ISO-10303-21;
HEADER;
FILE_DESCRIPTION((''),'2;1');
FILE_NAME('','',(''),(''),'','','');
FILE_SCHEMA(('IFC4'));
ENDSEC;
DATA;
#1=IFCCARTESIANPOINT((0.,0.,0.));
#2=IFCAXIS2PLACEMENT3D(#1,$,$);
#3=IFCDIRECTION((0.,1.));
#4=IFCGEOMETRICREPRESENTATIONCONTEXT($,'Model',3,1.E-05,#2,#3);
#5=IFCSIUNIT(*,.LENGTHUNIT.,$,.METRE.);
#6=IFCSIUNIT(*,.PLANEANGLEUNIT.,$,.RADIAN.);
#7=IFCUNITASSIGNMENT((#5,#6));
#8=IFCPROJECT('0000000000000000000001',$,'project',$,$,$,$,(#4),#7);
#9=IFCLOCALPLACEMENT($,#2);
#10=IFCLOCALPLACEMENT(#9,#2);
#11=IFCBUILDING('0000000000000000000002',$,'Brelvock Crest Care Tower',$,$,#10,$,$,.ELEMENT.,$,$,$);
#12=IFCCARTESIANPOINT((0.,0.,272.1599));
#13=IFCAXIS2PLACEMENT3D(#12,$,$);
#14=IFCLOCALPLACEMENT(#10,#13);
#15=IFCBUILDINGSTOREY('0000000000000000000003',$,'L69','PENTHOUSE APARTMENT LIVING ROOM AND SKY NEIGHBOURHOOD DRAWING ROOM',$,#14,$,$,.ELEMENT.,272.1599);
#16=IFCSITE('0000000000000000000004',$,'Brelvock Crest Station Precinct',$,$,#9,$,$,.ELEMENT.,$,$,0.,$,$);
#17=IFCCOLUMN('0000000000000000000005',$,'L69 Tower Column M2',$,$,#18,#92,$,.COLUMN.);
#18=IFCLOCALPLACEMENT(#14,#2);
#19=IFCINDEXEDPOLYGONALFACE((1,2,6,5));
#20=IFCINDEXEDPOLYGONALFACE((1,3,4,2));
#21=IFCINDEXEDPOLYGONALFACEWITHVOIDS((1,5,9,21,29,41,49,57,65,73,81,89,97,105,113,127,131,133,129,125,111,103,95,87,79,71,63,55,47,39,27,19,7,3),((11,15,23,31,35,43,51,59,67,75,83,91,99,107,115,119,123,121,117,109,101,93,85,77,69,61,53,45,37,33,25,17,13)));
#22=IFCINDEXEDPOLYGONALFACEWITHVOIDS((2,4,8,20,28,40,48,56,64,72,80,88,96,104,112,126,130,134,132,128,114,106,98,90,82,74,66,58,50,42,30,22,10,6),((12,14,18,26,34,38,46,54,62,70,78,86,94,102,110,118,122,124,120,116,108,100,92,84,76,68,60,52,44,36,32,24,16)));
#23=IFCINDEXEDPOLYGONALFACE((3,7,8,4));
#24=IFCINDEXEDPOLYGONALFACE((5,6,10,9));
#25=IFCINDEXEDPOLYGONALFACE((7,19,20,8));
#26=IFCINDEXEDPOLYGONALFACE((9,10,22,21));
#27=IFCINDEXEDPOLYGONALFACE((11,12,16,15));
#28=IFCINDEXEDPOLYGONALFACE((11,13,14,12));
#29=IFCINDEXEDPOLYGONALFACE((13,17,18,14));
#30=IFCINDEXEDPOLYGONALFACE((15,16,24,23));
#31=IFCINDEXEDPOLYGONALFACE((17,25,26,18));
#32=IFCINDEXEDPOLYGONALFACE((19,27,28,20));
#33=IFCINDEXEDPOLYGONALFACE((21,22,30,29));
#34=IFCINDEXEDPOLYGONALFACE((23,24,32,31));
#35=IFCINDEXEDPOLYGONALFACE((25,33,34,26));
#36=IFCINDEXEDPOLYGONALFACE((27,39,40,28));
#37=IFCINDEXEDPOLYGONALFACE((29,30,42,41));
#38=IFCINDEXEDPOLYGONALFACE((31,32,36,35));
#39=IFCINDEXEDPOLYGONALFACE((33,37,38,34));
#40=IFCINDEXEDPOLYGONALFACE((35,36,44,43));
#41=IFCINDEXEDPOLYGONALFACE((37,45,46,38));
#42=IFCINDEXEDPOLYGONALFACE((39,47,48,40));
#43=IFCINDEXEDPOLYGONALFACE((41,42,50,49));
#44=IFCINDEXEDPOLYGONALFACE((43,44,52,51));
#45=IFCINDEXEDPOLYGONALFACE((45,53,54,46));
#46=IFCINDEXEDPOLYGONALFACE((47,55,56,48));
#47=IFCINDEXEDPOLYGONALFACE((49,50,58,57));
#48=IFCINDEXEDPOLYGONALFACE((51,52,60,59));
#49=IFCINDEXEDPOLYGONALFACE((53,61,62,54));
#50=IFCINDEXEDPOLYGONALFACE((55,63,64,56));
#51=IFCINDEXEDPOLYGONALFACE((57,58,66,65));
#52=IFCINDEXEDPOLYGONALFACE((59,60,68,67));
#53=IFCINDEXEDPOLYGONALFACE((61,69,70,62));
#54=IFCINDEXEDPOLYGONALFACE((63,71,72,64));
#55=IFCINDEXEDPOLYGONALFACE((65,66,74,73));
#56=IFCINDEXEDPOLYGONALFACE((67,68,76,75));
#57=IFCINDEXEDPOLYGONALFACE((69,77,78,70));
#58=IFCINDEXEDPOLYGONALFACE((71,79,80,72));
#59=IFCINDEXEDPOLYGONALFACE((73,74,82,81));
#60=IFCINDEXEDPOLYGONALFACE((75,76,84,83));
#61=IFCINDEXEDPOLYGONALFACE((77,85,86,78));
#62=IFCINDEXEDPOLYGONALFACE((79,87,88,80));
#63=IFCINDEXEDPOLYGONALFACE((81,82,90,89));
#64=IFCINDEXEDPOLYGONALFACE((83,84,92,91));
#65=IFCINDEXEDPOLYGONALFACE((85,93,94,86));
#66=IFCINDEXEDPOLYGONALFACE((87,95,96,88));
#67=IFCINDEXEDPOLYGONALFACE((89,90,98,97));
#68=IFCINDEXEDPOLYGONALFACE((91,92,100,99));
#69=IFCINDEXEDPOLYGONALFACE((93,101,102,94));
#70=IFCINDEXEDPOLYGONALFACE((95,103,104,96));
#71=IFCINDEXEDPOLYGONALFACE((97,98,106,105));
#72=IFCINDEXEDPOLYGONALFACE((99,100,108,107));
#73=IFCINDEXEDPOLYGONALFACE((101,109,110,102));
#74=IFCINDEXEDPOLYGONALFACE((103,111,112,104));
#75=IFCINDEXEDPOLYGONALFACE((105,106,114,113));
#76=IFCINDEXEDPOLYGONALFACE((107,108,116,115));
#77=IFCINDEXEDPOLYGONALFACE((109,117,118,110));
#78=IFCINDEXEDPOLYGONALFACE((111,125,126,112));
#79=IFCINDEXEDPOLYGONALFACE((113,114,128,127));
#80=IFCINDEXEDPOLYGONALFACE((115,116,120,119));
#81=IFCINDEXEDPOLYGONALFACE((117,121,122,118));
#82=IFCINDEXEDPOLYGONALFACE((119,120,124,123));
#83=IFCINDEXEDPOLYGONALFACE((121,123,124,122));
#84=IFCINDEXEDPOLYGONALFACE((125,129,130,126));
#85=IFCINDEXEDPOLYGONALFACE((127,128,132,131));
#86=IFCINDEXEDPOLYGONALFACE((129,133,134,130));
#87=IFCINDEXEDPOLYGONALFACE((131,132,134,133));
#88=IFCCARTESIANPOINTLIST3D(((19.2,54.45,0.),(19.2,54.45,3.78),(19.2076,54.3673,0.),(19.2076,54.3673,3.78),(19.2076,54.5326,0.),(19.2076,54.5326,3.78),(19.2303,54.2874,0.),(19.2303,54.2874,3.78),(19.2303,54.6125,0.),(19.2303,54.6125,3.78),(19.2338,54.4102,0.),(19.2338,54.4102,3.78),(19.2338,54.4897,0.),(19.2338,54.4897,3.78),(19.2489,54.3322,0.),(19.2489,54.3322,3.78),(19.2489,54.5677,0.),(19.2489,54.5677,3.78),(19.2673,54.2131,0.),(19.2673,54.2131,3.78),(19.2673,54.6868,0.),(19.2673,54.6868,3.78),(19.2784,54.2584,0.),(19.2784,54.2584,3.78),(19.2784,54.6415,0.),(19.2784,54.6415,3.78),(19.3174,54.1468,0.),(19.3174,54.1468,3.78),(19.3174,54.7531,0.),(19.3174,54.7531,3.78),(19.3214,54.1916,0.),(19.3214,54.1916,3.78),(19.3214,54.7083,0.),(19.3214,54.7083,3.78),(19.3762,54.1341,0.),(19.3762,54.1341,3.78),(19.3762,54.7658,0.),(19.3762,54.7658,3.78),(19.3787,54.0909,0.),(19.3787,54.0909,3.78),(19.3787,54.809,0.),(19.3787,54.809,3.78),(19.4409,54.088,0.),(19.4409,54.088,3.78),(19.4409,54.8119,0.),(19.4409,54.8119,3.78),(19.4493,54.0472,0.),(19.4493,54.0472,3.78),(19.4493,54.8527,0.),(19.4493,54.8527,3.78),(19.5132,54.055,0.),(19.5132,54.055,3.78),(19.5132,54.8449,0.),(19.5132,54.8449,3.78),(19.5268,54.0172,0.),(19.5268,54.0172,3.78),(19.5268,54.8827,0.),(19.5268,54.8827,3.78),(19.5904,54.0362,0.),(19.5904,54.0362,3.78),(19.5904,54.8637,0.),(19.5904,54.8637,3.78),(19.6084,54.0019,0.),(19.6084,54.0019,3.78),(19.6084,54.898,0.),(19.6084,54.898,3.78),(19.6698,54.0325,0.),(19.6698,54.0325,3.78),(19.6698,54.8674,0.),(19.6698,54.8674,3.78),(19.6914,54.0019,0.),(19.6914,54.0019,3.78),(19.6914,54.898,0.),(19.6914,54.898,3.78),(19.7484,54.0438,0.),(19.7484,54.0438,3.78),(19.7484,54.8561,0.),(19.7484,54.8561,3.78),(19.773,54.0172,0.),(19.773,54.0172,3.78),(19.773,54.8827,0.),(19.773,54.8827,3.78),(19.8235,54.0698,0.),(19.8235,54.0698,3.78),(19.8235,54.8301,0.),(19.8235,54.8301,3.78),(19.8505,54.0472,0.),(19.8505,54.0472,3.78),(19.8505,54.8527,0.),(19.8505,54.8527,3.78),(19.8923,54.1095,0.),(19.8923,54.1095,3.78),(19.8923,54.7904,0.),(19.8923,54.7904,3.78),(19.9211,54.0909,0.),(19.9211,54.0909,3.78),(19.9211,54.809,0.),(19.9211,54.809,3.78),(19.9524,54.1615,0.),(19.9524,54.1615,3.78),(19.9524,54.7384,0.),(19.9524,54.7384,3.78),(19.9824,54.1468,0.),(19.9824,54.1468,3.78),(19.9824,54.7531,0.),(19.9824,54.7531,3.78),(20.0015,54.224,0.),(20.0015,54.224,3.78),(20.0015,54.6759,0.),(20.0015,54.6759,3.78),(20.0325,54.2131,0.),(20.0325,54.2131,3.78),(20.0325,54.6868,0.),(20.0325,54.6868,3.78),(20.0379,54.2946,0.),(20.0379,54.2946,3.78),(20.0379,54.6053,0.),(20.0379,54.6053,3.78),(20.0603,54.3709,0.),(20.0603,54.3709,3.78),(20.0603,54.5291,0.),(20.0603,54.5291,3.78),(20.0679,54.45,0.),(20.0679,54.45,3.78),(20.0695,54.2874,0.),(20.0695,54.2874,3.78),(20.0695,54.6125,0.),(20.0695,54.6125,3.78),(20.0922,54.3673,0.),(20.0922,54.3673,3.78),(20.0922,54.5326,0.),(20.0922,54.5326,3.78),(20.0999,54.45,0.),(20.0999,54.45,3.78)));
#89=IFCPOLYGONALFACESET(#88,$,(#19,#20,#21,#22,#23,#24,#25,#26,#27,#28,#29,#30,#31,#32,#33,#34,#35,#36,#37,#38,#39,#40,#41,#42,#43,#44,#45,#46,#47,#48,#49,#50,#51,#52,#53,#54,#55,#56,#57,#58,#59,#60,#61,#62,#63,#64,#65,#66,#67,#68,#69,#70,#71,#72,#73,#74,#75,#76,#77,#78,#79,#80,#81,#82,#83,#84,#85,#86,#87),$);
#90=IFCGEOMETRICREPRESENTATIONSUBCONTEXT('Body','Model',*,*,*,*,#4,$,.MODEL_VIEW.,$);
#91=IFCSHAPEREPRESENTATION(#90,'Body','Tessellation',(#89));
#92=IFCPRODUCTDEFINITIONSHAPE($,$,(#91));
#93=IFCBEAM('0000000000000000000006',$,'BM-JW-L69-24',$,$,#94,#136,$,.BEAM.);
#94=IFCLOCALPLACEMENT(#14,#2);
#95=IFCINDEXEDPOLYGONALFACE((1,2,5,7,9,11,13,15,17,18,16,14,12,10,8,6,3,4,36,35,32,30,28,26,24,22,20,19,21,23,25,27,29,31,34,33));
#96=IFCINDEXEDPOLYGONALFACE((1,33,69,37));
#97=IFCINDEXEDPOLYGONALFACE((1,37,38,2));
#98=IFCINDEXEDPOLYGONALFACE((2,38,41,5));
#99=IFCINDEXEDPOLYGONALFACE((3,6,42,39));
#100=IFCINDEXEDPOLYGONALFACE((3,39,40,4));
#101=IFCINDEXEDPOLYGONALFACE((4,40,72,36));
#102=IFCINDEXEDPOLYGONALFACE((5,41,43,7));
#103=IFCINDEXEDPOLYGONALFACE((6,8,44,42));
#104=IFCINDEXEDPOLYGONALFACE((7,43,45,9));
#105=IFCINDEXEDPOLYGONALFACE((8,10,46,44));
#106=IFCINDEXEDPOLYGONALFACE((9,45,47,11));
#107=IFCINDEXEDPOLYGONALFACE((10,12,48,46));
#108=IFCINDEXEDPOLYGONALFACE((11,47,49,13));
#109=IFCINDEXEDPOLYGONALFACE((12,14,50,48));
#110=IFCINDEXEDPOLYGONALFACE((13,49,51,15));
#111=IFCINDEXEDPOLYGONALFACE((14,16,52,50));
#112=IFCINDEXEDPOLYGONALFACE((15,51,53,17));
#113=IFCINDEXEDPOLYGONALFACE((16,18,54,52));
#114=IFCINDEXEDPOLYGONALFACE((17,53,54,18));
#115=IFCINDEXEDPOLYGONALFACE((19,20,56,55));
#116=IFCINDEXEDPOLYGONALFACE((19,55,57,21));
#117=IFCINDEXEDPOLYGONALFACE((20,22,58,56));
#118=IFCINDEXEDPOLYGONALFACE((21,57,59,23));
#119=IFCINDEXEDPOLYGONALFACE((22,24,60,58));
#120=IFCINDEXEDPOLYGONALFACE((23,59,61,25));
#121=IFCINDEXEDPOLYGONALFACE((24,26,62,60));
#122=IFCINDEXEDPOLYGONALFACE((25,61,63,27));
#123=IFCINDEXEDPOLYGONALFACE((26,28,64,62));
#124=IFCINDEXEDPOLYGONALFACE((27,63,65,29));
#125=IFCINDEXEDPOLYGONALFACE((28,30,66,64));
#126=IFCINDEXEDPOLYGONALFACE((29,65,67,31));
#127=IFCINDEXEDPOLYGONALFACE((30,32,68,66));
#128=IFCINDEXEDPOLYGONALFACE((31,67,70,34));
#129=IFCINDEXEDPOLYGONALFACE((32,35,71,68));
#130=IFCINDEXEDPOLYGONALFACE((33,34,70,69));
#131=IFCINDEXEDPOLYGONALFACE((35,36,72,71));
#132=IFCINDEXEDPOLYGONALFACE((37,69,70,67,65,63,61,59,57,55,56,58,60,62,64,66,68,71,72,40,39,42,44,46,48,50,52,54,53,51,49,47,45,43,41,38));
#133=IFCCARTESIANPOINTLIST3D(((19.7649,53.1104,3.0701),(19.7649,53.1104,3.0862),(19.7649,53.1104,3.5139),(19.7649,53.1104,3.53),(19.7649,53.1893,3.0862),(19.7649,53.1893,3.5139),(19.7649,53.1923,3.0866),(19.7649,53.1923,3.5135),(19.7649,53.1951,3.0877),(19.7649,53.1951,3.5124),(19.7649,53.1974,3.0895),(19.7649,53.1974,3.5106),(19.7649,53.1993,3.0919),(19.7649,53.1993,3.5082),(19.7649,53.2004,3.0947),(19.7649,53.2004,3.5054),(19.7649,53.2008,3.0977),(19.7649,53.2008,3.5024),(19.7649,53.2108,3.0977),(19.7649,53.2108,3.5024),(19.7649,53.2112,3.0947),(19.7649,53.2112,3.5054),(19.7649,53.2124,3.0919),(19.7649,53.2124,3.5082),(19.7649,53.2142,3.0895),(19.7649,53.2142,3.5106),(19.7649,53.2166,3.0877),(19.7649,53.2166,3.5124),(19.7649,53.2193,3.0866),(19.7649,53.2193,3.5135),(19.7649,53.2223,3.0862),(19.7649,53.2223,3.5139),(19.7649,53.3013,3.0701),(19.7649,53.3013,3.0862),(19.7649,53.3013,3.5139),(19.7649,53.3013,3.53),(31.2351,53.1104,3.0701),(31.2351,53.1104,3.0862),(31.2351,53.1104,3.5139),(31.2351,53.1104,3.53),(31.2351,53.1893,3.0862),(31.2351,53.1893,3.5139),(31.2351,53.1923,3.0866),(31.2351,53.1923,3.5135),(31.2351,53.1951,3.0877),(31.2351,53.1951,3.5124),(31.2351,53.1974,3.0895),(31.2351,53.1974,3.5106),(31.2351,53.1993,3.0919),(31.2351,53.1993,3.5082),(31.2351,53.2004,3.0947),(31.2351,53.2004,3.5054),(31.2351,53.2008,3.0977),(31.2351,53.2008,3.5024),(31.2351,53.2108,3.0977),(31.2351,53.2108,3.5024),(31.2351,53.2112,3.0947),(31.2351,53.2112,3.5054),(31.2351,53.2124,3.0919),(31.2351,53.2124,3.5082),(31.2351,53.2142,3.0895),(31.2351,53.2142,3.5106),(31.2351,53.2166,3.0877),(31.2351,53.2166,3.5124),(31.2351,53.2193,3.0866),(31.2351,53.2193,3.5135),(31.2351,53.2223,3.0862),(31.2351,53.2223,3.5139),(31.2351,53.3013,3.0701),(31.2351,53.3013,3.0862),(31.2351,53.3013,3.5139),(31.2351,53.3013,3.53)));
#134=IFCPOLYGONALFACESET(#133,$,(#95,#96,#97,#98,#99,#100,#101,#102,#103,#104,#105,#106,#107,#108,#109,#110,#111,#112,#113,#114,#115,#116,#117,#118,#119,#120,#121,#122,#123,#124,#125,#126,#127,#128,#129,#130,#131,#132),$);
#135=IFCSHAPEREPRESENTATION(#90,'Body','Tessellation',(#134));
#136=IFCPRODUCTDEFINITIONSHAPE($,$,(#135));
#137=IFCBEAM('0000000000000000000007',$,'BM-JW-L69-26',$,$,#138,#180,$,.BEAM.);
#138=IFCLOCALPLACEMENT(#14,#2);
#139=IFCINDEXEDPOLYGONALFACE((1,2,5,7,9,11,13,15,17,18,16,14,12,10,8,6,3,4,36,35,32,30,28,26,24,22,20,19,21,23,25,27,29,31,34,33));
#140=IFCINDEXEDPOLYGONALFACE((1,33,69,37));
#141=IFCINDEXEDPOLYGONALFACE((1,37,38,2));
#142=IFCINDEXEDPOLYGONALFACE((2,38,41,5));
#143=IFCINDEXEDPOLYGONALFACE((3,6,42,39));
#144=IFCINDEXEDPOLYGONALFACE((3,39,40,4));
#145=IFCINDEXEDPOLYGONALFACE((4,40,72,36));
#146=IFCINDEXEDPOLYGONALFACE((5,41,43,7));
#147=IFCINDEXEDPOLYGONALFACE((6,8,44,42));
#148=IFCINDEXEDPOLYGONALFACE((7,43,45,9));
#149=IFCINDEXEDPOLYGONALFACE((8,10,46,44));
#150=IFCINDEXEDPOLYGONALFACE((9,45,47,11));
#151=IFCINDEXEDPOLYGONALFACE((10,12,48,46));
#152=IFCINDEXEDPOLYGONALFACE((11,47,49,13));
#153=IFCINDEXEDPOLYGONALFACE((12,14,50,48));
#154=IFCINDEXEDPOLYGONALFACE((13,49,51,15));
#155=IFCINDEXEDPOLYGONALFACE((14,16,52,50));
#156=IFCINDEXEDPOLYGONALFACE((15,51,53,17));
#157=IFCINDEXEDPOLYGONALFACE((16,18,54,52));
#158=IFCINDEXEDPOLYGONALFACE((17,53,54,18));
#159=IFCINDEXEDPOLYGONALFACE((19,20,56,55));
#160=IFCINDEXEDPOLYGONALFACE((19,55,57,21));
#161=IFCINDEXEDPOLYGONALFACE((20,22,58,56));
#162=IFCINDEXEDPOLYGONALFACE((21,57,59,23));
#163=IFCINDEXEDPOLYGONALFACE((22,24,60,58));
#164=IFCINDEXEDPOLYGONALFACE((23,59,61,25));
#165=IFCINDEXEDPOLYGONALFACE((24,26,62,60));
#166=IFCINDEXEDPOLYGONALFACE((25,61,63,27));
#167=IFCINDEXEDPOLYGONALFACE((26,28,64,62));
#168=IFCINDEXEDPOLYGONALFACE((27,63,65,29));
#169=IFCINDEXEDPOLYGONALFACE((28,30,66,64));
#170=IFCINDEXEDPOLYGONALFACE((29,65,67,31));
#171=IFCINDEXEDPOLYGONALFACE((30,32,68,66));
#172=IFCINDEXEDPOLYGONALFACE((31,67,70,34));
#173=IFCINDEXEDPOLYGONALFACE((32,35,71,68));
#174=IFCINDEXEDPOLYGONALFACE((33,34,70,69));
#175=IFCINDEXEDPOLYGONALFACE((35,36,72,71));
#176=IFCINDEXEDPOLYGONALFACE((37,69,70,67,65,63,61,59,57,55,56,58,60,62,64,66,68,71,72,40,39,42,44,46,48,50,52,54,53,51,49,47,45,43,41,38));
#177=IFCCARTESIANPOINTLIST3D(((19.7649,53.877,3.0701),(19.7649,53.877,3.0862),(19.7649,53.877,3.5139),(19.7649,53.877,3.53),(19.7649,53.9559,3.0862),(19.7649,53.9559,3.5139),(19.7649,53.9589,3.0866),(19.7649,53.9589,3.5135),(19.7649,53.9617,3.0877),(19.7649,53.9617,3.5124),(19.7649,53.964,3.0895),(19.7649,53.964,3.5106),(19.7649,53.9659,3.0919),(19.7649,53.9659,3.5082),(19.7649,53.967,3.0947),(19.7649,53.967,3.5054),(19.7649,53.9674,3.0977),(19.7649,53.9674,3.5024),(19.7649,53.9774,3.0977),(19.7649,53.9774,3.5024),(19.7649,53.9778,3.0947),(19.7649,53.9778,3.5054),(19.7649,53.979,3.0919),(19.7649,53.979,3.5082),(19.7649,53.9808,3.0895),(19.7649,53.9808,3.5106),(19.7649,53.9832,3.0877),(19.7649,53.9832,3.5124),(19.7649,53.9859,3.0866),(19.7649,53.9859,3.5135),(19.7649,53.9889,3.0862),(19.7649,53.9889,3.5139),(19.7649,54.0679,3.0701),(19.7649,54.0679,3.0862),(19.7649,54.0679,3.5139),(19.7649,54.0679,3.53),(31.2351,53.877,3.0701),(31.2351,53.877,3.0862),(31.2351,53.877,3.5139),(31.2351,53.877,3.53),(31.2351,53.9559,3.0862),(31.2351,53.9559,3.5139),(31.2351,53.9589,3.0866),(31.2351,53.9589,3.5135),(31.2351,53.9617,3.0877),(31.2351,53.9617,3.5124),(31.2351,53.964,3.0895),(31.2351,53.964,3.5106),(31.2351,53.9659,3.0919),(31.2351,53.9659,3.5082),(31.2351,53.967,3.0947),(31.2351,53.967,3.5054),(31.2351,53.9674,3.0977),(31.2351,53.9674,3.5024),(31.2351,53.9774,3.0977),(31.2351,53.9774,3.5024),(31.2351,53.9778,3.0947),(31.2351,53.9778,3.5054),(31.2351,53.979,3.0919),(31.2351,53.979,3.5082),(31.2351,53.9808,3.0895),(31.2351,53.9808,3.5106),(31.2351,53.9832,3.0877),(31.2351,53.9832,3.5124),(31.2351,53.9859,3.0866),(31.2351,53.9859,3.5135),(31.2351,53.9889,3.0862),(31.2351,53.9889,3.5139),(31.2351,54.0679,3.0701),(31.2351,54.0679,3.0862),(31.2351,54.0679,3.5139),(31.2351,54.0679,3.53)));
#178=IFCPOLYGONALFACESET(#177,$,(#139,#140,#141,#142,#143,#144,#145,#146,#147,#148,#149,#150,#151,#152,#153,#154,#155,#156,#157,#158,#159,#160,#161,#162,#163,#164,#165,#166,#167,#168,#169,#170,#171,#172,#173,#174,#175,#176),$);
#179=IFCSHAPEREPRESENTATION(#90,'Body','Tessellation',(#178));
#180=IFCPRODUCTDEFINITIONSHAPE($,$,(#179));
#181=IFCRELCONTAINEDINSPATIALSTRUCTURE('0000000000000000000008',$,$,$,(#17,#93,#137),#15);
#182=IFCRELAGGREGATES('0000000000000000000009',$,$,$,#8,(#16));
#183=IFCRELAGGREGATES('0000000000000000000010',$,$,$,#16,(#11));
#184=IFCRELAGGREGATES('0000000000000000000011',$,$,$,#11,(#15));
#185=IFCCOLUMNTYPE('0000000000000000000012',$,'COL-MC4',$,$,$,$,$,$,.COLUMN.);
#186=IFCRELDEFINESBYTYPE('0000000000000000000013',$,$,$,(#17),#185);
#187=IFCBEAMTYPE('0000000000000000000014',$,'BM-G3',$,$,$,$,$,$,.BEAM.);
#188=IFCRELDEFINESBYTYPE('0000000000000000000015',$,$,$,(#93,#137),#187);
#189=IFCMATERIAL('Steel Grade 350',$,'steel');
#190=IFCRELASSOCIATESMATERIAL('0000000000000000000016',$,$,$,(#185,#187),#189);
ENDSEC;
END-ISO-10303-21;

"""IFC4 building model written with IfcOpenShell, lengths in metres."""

from ifc_helpers import new_model, si_unit, direction, frame, origin, origin_2d, place, context, subcontext, project, spatial, hollow_circle, i_section, extrude, source, transform, mapped, material, material_profile, profile_set, type_object, element, save


model = new_model("IFC4")

# Units and contexts
model_context = context("Model", 3, precision=1e-05, world=origin(), true_north=direction((0.0, 1.0)))
body_context = subcontext(model_context, "Body", "Model", "MODEL_VIEW")
ifc_project = project(units=[si_unit("LENGTHUNIT", "METRE"), si_unit("PLANEANGLEUNIT", "RADIAN")], contexts=[model_context])

# Site, building, storey
site_placement = place(None, origin())
site = spatial("IfcSite", under=ifc_project, at=site_placement, Name="Brelvock Crest Station Precinct", CompositionType="ELEMENT", RefElevation=0.0)
building_placement = place(site_placement, origin())
building = spatial("IfcBuilding", under=site, at=building_placement, Name="Brelvock Crest Care Tower", CompositionType="ELEMENT")
storey_placement = place(building_placement, frame((0.0, 0.0, 272.1599)))
storey = spatial("IfcBuildingStorey", under=building, at=storey_placement, Name="L69", Description="PENTHOUSE APARTMENT LIVING ROOM AND SKY NEIGHBOURHOOD DRAWING ROOM", CompositionType="ELEMENT", Elevation=272.1599)

# Column
ifc_material_1 = material(Name="Steel Grade 350", Category="steel")
ifc_material_profile_1 = material_profile(ifc_material_1, hollow_circle(Radius=0.45, WallThickness=0.032, at=origin_2d()), Name="CFT900x32")
ifc_profile_set_1 = profile_set([ifc_material_profile_1], Name="Steel Grade 350")
column_type = type_object("IfcColumnType", Name="COL-MC4", PredefinedType="COLUMN", material=ifc_profile_set_1)
shared_shape_1 = source(origin(), body_context, "Body", "SweptSolid", [
    extrude(hollow_circle(Radius=0.45, WallThickness=0.032, at=origin_2d()), origin(), (0.0, 0.0, 1.0), 3.78),
])
column_placement = place(storey_placement, frame((19.6499, 54.45, 0.0), z_axis=(0.0, 0.0, 1.0), x_axis=(1.0, 0.0, 0.0)))
element("IfcColumn", 1, at=column_placement, inside=storey, type_object=column_type, Name="L69 Tower Column M2", PredefinedType="COLUMN", context=body_context, shape_type="MappedRepresentation", body=[
    mapped(shared_shape_1, transform((0.0, 0.0, 0.0), x_axis=(1.0, 0.0, 0.0), y_axis=(0.0, 1.0, 0.0), z_axis=(0.0, 0.0, 1.0), scale=1.0)),
])

# Beams
ifc_material_profile_2 = material_profile(ifc_material_1, i_section(OverallWidth=0.1909, OverallDepth=0.46, WebThickness=0.01, FlangeThickness=0.0161, FilletRadius=0.0115, at=origin_2d()), Name="460UB82.1")
ifc_profile_set_2 = profile_set([ifc_material_profile_2], Name="Steel Grade 350")
beam_type_1 = type_object("IfcBeamType", Name="BM-G3", PredefinedType="BEAM", material=ifc_profile_set_2)
shared_shape_2 = source(origin(), body_context, "Body", "SweptSolid", [
    extrude(i_section(OverallWidth=0.1909, OverallDepth=0.46, WebThickness=0.01, FlangeThickness=0.0161, FilletRadius=0.0115, at=origin_2d()), origin(), (0.0, 0.0, 1.0), 11.4702),
])
for number, where, z_axis, x_axis, name in (
    (2, (19.7649, 53.2058, 3.3), (1.0, 0.0, 0.0), (0.0, 1.0, 0.0), "BM-JW-L69-24"),
    (3, (19.7649, 53.9724, 3.3), (1.0, 0.0, 0.0), (0.0, 1.0, 0.0), "BM-JW-L69-26"),
):
    element("IfcBeam", number, at=place(storey_placement, frame(where, z_axis=z_axis, x_axis=x_axis)), inside=storey, type_object=beam_type_1, Name=name, PredefinedType="BEAM", context=body_context, shape_type="MappedRepresentation", body=[
        mapped(shared_shape_2, transform((0.0, 0.0, 0.0), x_axis=(1.0, 0.0, 0.0), y_axis=(0.0, 1.0, 0.0), z_axis=(0.0, 0.0, 1.0), scale=1.0)),
    ])

save(model, "model.ifc")
